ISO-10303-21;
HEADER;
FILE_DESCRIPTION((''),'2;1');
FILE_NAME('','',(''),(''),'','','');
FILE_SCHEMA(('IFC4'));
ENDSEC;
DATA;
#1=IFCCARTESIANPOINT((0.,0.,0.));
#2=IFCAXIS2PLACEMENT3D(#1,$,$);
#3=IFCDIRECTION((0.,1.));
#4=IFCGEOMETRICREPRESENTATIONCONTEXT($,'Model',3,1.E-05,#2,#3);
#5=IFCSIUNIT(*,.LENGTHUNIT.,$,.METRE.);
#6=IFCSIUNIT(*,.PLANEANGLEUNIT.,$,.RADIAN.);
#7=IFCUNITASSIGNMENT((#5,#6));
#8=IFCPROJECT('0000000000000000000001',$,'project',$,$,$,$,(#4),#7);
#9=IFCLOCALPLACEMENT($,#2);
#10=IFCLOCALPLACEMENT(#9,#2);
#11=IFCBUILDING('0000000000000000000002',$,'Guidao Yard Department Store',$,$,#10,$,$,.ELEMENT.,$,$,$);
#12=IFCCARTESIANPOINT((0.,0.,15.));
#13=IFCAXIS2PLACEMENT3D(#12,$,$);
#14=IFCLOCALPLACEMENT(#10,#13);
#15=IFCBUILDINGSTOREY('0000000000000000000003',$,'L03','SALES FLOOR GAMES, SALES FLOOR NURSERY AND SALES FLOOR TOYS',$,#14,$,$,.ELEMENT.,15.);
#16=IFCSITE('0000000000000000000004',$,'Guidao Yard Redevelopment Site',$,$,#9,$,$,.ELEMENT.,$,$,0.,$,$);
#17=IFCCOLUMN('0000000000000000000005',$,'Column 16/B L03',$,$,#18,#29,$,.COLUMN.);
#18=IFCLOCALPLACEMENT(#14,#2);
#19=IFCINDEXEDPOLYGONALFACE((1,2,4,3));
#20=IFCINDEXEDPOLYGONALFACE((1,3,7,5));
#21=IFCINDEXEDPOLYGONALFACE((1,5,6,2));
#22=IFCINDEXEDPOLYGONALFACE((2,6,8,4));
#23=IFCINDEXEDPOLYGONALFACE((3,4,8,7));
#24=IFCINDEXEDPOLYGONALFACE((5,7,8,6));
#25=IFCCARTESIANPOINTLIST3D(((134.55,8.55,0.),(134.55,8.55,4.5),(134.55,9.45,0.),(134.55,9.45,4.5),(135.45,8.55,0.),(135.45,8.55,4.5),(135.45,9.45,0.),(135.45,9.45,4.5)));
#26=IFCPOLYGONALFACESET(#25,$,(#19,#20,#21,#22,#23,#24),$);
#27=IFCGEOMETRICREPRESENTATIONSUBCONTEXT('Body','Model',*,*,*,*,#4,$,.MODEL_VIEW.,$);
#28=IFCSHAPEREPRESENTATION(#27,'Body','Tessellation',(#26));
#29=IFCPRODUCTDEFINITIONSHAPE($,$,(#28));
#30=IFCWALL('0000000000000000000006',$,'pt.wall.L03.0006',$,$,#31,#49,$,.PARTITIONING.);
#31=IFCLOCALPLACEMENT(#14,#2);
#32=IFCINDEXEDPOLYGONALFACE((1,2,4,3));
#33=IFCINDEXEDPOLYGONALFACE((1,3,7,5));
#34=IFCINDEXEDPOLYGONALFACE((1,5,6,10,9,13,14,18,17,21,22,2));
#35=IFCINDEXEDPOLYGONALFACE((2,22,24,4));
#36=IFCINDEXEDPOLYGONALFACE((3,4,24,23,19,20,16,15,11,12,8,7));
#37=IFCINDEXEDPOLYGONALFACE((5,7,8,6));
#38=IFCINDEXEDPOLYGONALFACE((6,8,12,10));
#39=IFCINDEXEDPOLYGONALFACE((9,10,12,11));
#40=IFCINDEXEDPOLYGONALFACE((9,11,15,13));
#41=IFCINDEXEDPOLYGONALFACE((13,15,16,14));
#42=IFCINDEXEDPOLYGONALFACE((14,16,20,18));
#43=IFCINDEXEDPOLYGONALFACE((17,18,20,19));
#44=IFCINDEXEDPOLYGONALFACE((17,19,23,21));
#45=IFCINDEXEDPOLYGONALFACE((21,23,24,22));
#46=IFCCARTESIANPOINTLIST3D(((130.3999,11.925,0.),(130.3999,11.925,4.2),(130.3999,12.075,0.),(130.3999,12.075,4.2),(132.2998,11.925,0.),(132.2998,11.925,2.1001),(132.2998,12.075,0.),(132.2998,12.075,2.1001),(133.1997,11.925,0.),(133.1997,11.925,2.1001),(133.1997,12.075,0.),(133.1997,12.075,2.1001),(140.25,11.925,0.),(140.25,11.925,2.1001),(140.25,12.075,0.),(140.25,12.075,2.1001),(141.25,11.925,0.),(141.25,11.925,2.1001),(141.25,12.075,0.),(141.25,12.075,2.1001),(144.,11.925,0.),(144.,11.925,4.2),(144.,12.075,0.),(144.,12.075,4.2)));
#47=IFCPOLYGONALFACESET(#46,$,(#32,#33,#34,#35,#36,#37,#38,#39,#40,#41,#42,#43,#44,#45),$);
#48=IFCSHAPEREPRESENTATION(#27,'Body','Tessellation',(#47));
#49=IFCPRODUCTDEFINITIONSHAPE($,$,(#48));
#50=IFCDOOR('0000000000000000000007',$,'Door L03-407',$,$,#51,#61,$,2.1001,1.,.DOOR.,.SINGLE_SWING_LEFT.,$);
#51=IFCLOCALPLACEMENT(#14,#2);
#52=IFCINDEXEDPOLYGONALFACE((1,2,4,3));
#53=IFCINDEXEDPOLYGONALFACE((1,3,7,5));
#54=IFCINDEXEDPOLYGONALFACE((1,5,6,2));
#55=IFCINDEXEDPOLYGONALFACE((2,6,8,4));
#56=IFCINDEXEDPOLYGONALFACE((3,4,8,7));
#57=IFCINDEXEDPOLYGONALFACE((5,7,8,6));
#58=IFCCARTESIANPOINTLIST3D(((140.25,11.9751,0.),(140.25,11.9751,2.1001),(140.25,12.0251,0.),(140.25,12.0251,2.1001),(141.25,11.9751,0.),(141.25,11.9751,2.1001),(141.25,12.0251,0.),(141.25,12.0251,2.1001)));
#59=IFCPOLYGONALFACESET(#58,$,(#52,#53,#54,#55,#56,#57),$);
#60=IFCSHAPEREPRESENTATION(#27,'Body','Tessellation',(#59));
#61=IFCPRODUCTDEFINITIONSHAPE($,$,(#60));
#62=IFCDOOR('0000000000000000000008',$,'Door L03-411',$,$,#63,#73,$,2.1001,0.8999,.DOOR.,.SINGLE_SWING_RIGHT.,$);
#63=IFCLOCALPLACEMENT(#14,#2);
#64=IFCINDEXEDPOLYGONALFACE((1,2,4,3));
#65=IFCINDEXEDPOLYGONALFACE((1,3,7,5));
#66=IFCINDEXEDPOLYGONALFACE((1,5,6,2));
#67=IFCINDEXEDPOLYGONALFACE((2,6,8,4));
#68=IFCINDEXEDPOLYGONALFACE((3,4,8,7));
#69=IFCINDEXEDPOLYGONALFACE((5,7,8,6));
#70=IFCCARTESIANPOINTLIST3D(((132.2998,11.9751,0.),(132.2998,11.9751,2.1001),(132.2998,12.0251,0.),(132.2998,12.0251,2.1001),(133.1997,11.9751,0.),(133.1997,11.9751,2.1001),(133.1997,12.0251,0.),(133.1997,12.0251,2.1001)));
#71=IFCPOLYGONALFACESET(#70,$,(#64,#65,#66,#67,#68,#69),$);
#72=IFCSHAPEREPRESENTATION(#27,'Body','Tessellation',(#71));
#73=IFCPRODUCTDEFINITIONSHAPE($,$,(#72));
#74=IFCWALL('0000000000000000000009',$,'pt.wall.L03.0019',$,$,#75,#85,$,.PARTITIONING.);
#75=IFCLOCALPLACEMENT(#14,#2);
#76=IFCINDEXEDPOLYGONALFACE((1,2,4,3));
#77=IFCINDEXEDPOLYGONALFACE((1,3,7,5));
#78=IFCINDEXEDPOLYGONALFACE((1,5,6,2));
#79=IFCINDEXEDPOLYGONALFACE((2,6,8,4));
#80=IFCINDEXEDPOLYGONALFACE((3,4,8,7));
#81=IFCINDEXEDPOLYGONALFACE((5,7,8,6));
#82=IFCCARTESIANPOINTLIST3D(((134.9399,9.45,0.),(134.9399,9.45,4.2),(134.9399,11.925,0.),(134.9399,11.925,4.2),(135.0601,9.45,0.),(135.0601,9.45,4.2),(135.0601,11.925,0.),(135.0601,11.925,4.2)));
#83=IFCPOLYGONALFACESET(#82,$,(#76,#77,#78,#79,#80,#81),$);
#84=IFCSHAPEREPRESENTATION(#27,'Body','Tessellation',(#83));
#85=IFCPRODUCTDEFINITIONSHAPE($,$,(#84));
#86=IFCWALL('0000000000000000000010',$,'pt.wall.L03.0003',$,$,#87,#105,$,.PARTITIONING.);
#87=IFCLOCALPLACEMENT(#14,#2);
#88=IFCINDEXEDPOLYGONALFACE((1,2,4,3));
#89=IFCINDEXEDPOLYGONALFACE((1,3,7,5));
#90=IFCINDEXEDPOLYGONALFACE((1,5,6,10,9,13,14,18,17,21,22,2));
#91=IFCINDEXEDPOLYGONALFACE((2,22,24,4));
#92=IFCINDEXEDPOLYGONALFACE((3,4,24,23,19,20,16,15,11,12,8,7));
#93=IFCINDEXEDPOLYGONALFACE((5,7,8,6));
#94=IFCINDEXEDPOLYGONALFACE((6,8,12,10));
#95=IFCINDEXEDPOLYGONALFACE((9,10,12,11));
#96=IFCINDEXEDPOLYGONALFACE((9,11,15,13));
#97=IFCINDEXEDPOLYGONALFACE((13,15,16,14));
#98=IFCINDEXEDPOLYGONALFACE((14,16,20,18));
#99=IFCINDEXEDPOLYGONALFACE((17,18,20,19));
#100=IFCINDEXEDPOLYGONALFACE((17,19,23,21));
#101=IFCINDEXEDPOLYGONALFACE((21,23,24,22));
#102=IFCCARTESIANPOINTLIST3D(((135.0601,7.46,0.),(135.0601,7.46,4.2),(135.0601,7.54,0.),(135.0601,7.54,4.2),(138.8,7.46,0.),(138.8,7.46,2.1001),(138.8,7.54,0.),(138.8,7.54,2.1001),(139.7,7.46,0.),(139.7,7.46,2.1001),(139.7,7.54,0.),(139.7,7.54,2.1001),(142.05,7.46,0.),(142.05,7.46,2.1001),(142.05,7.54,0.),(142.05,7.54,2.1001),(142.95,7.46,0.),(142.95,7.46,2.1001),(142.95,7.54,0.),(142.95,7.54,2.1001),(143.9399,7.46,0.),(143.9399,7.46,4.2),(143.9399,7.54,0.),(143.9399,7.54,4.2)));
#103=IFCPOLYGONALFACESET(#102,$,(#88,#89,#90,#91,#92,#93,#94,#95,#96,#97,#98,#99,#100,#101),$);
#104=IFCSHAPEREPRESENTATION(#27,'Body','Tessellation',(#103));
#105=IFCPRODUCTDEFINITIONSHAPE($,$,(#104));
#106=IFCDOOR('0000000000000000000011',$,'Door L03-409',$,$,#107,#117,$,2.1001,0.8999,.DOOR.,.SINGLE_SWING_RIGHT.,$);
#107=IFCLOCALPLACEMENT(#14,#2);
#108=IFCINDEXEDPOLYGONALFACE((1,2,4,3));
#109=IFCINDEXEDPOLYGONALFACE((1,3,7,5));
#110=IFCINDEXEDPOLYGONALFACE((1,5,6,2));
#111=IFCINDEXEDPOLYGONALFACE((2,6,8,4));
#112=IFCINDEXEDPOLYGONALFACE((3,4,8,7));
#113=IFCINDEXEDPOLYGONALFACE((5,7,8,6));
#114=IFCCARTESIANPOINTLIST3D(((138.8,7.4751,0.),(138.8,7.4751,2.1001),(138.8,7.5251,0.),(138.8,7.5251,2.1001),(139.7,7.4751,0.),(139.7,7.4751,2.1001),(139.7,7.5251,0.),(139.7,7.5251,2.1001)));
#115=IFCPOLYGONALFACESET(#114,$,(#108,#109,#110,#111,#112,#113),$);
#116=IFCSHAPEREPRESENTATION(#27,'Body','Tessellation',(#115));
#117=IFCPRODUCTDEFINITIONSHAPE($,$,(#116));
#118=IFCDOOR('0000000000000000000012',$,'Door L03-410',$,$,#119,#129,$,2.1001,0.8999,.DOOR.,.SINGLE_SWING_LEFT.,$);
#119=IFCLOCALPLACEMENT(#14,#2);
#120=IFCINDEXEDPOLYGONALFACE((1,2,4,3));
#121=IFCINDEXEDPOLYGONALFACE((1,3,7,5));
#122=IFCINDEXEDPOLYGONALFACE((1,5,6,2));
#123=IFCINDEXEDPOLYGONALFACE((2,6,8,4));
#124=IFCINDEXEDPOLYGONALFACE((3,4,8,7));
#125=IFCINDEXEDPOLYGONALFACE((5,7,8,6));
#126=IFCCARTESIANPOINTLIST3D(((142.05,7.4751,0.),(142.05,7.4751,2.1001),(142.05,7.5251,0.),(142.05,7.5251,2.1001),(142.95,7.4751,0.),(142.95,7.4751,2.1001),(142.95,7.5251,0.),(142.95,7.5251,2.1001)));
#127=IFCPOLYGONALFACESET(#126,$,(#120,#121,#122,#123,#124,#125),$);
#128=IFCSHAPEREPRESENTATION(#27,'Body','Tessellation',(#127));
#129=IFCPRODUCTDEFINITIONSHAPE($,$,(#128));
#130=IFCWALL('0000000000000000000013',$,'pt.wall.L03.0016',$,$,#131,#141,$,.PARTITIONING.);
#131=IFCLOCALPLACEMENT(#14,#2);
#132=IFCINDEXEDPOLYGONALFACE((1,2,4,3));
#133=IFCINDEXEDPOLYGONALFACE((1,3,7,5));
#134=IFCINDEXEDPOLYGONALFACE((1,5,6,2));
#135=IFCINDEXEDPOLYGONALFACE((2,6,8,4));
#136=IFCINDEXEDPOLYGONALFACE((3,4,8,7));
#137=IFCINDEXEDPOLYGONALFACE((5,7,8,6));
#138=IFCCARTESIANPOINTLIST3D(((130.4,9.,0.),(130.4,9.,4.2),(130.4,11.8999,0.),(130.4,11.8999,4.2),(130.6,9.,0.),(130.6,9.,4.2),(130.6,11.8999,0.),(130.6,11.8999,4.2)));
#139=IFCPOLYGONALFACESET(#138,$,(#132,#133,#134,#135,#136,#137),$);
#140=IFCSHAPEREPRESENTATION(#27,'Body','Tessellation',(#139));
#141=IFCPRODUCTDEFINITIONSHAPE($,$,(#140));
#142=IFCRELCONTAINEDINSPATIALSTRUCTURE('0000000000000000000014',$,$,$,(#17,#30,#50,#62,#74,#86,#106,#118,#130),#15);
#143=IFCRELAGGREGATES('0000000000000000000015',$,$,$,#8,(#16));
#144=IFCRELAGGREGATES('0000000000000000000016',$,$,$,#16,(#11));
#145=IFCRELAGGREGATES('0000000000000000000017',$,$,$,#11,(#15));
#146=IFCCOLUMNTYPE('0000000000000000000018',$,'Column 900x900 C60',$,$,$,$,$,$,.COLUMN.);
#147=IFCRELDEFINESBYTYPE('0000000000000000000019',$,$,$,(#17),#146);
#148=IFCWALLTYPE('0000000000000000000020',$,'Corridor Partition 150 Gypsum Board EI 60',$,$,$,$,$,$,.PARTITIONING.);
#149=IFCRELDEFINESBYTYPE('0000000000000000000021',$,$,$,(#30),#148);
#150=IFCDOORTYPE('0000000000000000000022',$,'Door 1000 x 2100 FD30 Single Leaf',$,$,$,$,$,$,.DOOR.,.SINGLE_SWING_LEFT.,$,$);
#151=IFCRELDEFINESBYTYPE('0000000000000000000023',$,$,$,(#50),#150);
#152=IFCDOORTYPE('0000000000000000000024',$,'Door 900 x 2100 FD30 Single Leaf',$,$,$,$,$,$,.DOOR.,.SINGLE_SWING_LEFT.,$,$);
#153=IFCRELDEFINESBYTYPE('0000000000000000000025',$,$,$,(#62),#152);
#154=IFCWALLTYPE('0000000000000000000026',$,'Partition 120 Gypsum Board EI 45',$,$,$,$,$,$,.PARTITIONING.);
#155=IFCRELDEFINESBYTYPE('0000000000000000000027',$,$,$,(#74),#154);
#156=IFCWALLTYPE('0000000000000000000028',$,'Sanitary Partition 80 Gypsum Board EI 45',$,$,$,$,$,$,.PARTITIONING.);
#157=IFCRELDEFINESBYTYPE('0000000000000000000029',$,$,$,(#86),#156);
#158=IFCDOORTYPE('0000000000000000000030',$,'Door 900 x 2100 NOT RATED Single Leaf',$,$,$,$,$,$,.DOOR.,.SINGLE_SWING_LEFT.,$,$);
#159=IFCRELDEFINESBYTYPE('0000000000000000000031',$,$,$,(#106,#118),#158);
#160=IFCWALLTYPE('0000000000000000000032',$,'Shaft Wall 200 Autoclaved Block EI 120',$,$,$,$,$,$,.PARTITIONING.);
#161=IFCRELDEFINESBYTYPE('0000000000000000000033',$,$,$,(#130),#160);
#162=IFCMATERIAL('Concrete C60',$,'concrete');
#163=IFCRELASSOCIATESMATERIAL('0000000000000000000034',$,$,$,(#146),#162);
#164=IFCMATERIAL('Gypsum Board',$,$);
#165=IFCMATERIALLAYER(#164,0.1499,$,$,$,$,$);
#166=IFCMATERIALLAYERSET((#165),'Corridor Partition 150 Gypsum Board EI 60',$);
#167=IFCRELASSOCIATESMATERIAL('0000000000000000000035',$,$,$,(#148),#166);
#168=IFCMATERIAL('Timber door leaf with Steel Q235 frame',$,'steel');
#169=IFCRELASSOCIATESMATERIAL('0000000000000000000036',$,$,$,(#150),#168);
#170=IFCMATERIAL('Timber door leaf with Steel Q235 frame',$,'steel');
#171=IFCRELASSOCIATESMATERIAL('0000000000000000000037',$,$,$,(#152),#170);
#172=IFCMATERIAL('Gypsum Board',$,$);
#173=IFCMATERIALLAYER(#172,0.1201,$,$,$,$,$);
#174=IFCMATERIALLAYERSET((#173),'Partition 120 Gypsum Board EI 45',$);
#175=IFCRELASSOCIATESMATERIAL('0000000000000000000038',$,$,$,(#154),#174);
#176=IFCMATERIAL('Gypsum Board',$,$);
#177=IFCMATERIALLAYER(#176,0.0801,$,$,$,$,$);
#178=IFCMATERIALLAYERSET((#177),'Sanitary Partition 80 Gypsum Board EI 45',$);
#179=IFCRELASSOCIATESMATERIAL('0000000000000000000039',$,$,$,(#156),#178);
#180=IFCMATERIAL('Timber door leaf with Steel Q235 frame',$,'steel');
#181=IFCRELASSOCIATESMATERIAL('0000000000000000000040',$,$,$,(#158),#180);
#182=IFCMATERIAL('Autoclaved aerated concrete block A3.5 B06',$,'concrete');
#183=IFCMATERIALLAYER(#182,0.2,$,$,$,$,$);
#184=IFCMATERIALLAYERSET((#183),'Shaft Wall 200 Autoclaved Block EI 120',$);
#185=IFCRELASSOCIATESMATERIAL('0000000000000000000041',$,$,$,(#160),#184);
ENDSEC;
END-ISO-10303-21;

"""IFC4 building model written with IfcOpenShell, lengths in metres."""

from ifc_helpers import new_model, si_unit, direction, frame, frame_2d, origin, origin_2d, place, context, subcontext, project, spatial, rectangle, extrude, material, layer, layer_set, material_profile, profile_set, type_object, element, fill, save


model = new_model("IFC4")

# Units and contexts
model_context = context("Model", 3, precision=1e-05, world=origin(), true_north=direction((0.0, 1.0)))
body_context = subcontext(model_context, "Body", "Model", "MODEL_VIEW")
ifc_project = project(units=[si_unit("LENGTHUNIT", "METRE"), si_unit("PLANEANGLEUNIT", "RADIAN")], contexts=[model_context])

# Site, building, storey
site_placement = place(None, origin())
site = spatial("IfcSite", under=ifc_project, at=site_placement, Name="Guidao Yard Redevelopment Site", CompositionType="ELEMENT", RefElevation=0.0)
building_placement = place(site_placement, origin())
building = spatial("IfcBuilding", under=site, at=building_placement, Name="Guidao Yard Department Store", CompositionType="ELEMENT")
storey_placement = place(building_placement, frame((0.0, 0.0, 15.0)))
storey = spatial("IfcBuildingStorey", under=building, at=storey_placement, Name="L03", Description="SALES FLOOR GAMES, SALES FLOOR NURSERY AND SALES FLOOR TOYS", CompositionType="ELEMENT", Elevation=15.0)

# Column
ifc_material_1 = material(Name="Concrete C60", Category="concrete")
ifc_material_profile = material_profile(ifc_material_1, rectangle(XDim=0.8999, YDim=0.8999, at=origin_2d()), Name="COL 900x900")
ifc_profile_set = profile_set([ifc_material_profile], Name="Concrete C60")
column_type = type_object("IfcColumnType", Name="Column 900x900 C60", PredefinedType="COLUMN", material=ifc_profile_set)
column_placement = place(storey_placement, frame((135.0, 9.0, 0.0), z_axis=(0.0, 0.0, 1.0), x_axis=(1.0, 0.0, 0.0)))
element("IfcColumn", 1, at=column_placement, inside=storey, type_object=column_type, Name="Column 16/B L03", PredefinedType="COLUMN", context=body_context, shape_type="SweptSolid", body=[
    extrude(rectangle(XDim=0.8999, YDim=0.8999, at=origin_2d()), origin(), (0.0, 0.0, 1.0), 4.5),
])

# Wall, openings, doors
ifc_material_2 = material(Name="Gypsum Board")
ifc_layer_1 = layer(ifc_material_2, 0.1499)
ifc_layer_set_1 = layer_set([ifc_layer_1], Name="Corridor Partition 150 Gypsum Board EI 60")
wall_type_1 = type_object("IfcWallType", Name="Corridor Partition 150 Gypsum Board EI 60", PredefinedType="PARTITIONING", material=ifc_layer_set_1)
wall_1_placement = place(storey_placement, frame((130.3999, 12.0, 0.0), z_axis=(0.0, 0.0, 1.0), x_axis=(1.0, 0.0, 0.0)))
wall_1 = element("IfcWall", 2, at=wall_1_placement, inside=storey, type_object=wall_type_1, Name="pt.wall.L03.0006", PredefinedType="PARTITIONING", context=body_context, shape_type="SweptSolid", body=[
    extrude(rectangle(XDim=13.6001, YDim=0.1499, at=frame_2d((6.8, 0.0))), origin(), (0.0, 0.0, 1.0), 4.2),
])
opening_1_placement = place(wall_1_placement, frame((10.8501, 0.0, 0.0), z_axis=(0.0, 0.0, 1.0), x_axis=(-1.0, 0.0, 0.0)))
opening_1 = element("IfcOpeningElement", 3, at=opening_1_placement, cuts=wall_1, PredefinedType="OPENING", context=body_context, shape_type="SweptSolid", body=[
    extrude(rectangle(XDim=1.0, YDim=2.1001, at=frame_2d((0.5, 1.05))), frame((0.0, 0.085, 0.0), z_axis=(0.0, -1.0, 0.0), x_axis=(1.0, 0.0, 0.0)), (0.0, 0.0, 1.0), 0.1699),
])
opening_2_placement = place(wall_1_placement, frame((2.7998, 0.0, 0.0), z_axis=(0.0, 0.0, 1.0), x_axis=(-1.0, 0.0, 0.0)))
opening_2 = element("IfcOpeningElement", 4, at=opening_2_placement, cuts=wall_1, PredefinedType="OPENING", context=body_context, shape_type="SweptSolid", body=[
    extrude(rectangle(XDim=0.8999, YDim=2.1001, at=frame_2d((0.45, 1.05))), frame((0.0, 0.085, 0.0), z_axis=(0.0, -1.0, 0.0), x_axis=(1.0, 0.0, 0.0)), (0.0, 0.0, 1.0), 0.1699),
])
ifc_material_3 = material(Name="Timber door leaf with Steel Q235 frame", Category="steel")
door_type_1 = type_object("IfcDoorType", Name="Door 1000 x 2100 FD30 Single Leaf", OperationType="SINGLE_SWING_LEFT", PredefinedType="DOOR", material=ifc_material_3)
door_1_placement = place(opening_1_placement, origin())
door_1 = element("IfcDoor", 5, at=door_1_placement, inside=storey, type_object=door_type_1, Name="Door L03-407", OperationType="SINGLE_SWING_LEFT", OverallHeight=2.1001, OverallWidth=1.0, PredefinedType="DOOR", context=body_context, shape_type="SweptSolid", body=[
    extrude(rectangle(XDim=1.0, YDim=2.1001, at=frame_2d((0.5, 1.05))), frame((0.0, 0.0249, 0.0), z_axis=(0.0, -1.0, 0.0), x_axis=(1.0, 0.0, 0.0)), (0.0, 0.0, 1.0), 0.05),
])
fill(opening_1, door_1)
ifc_material_4 = material(Name="Timber door leaf with Steel Q235 frame", Category="steel")
door_type_2 = type_object("IfcDoorType", Name="Door 900 x 2100 FD30 Single Leaf", OperationType="SINGLE_SWING_LEFT", PredefinedType="DOOR", material=ifc_material_4)
door_2_placement = place(opening_2_placement, origin())
door_2 = element("IfcDoor", 6, at=door_2_placement, inside=storey, type_object=door_type_2, Name="Door L03-411", OperationType="SINGLE_SWING_RIGHT", OverallHeight=2.1001, OverallWidth=0.8999, PredefinedType="DOOR", context=body_context, shape_type="SweptSolid", body=[
    extrude(rectangle(XDim=0.8999, YDim=2.1001, at=frame_2d((0.45, 1.05))), frame((0.0, 0.0249, 0.0), z_axis=(0.0, -1.0, 0.0), x_axis=(1.0, 0.0, 0.0)), (0.0, 0.0, 1.0), 0.05),
])
fill(opening_2, door_2)

# Wall
ifc_material_5 = material(Name="Gypsum Board")
ifc_layer_2 = layer(ifc_material_5, 0.1201)
ifc_layer_set_2 = layer_set([ifc_layer_2], Name="Partition 120 Gypsum Board EI 45")
wall_type_2 = type_object("IfcWallType", Name="Partition 120 Gypsum Board EI 45", PredefinedType="PARTITIONING", material=ifc_layer_set_2)
wall_2_placement = place(storey_placement, frame((135.0, 9.45, 0.0), z_axis=(0.0, 0.0, 1.0), x_axis=(0.0, 1.0, 0.0)))
element("IfcWall", 7, at=wall_2_placement, inside=storey, type_object=wall_type_2, Name="pt.wall.L03.0019", PredefinedType="PARTITIONING", context=body_context, shape_type="SweptSolid", body=[
    extrude(rectangle(XDim=2.4751, YDim=0.1201, at=frame_2d((1.2375, 0.0))), origin(), (0.0, 0.0, 1.0), 4.2),
])

# Wall, openings, doors
ifc_material_6 = material(Name="Gypsum Board")
ifc_layer_3 = layer(ifc_material_6, 0.0801)
ifc_layer_set_3 = layer_set([ifc_layer_3], Name="Sanitary Partition 80 Gypsum Board EI 45")
wall_type_3 = type_object("IfcWallType", Name="Sanitary Partition 80 Gypsum Board EI 45", PredefinedType="PARTITIONING", material=ifc_layer_set_3)
wall_3_placement = place(storey_placement, frame((135.0601, 7.5, 0.0), z_axis=(0.0, 0.0, 1.0), x_axis=(1.0, 0.0, 0.0)))
wall_3 = element("IfcWall", 8, at=wall_3_placement, inside=storey, type_object=wall_type_3, Name="pt.wall.L03.0003", PredefinedType="PARTITIONING", context=body_context, shape_type="SweptSolid", body=[
    extrude(rectangle(XDim=8.8799, YDim=0.0801, at=frame_2d((4.4399, 0.0))), origin(), (0.0, 0.0, 1.0), 4.2),
])
opening_3_placement = place(wall_3_placement, frame((4.6399, 0.0, 0.0), z_axis=(0.0, 0.0, 1.0), x_axis=(-1.0, 0.0, 0.0)))
opening_3 = element("IfcOpeningElement", 9, at=opening_3_placement, cuts=wall_3, PredefinedType="OPENING", context=body_context, shape_type="SweptSolid", body=[
    extrude(rectangle(XDim=0.8999, YDim=2.1001, at=frame_2d((0.45, 1.05))), frame((0.0, 0.05, 0.0), z_axis=(0.0, -1.0, 0.0), x_axis=(1.0, 0.0, 0.0)), (0.0, 0.0, 1.0), 0.1001),
])
opening_4_placement = place(wall_3_placement, frame((7.8899, 0.0, 0.0), z_axis=(0.0, 0.0, 1.0), x_axis=(-1.0, 0.0, 0.0)))
opening_4 = element("IfcOpeningElement", 10, at=opening_4_placement, cuts=wall_3, PredefinedType="OPENING", context=body_context, shape_type="SweptSolid", body=[
    extrude(rectangle(XDim=0.8999, YDim=2.1001, at=frame_2d((0.45, 1.05))), frame((0.0, 0.05, 0.0), z_axis=(0.0, -1.0, 0.0), x_axis=(1.0, 0.0, 0.0)), (0.0, 0.0, 1.0), 0.1001),
])
ifc_material_7 = material(Name="Timber door leaf with Steel Q235 frame", Category="steel")
door_type_3 = type_object("IfcDoorType", Name="Door 900 x 2100 NOT RATED Single Leaf", OperationType="SINGLE_SWING_LEFT", PredefinedType="DOOR", material=ifc_material_7)
door_3_placement = place(opening_3_placement, origin())
door_3 = element("IfcDoor", 11, at=door_3_placement, inside=storey, type_object=door_type_3, Name="Door L03-409", OperationType="SINGLE_SWING_RIGHT", OverallHeight=2.1001, OverallWidth=0.8999, PredefinedType="DOOR", context=body_context, shape_type="SweptSolid", body=[
    extrude(rectangle(XDim=0.8999, YDim=2.1001, at=frame_2d((0.45, 1.05))), frame((0.0, 0.0249, 0.0), z_axis=(0.0, -1.0, 0.0), x_axis=(1.0, 0.0, 0.0)), (0.0, 0.0, 1.0), 0.05),
])
fill(opening_3, door_3)
door_4_placement = place(opening_4_placement, origin())
door_4 = element("IfcDoor", 12, at=door_4_placement, inside=storey, type_object=door_type_3, Name="Door L03-410", OperationType="SINGLE_SWING_LEFT", OverallHeight=2.1001, OverallWidth=0.8999, PredefinedType="DOOR", context=body_context, shape_type="SweptSolid", body=[
    extrude(rectangle(XDim=0.8999, YDim=2.1001, at=frame_2d((0.45, 1.05))), frame((0.0, 0.0249, 0.0), z_axis=(0.0, -1.0, 0.0), x_axis=(1.0, 0.0, 0.0)), (0.0, 0.0, 1.0), 0.05),
])
fill(opening_4, door_4)

# Wall
ifc_material_8 = material(Name="Autoclaved aerated concrete block A3.5 B06", Category="concrete")
ifc_layer_4 = layer(ifc_material_8, 0.2)
ifc_layer_set_4 = layer_set([ifc_layer_4], Name="Shaft Wall 200 Autoclaved Block EI 120")
wall_type_4 = type_object("IfcWallType", Name="Shaft Wall 200 Autoclaved Block EI 120", PredefinedType="PARTITIONING", material=ifc_layer_set_4)
wall_4_placement = place(storey_placement, frame((130.5, 9.0, 0.0), z_axis=(0.0, 0.0, 1.0), x_axis=(0.0, 1.0, 0.0)))
element("IfcWall", 13, at=wall_4_placement, inside=storey, type_object=wall_type_4, Name="pt.wall.L03.0016", PredefinedType="PARTITIONING", context=body_context, shape_type="SweptSolid", body=[
    extrude(rectangle(XDim=2.8999, YDim=0.2, at=frame_2d((1.45, 0.0))), origin(), (0.0, 0.0, 1.0), 4.2),
])

save(model, "model.ifc")
